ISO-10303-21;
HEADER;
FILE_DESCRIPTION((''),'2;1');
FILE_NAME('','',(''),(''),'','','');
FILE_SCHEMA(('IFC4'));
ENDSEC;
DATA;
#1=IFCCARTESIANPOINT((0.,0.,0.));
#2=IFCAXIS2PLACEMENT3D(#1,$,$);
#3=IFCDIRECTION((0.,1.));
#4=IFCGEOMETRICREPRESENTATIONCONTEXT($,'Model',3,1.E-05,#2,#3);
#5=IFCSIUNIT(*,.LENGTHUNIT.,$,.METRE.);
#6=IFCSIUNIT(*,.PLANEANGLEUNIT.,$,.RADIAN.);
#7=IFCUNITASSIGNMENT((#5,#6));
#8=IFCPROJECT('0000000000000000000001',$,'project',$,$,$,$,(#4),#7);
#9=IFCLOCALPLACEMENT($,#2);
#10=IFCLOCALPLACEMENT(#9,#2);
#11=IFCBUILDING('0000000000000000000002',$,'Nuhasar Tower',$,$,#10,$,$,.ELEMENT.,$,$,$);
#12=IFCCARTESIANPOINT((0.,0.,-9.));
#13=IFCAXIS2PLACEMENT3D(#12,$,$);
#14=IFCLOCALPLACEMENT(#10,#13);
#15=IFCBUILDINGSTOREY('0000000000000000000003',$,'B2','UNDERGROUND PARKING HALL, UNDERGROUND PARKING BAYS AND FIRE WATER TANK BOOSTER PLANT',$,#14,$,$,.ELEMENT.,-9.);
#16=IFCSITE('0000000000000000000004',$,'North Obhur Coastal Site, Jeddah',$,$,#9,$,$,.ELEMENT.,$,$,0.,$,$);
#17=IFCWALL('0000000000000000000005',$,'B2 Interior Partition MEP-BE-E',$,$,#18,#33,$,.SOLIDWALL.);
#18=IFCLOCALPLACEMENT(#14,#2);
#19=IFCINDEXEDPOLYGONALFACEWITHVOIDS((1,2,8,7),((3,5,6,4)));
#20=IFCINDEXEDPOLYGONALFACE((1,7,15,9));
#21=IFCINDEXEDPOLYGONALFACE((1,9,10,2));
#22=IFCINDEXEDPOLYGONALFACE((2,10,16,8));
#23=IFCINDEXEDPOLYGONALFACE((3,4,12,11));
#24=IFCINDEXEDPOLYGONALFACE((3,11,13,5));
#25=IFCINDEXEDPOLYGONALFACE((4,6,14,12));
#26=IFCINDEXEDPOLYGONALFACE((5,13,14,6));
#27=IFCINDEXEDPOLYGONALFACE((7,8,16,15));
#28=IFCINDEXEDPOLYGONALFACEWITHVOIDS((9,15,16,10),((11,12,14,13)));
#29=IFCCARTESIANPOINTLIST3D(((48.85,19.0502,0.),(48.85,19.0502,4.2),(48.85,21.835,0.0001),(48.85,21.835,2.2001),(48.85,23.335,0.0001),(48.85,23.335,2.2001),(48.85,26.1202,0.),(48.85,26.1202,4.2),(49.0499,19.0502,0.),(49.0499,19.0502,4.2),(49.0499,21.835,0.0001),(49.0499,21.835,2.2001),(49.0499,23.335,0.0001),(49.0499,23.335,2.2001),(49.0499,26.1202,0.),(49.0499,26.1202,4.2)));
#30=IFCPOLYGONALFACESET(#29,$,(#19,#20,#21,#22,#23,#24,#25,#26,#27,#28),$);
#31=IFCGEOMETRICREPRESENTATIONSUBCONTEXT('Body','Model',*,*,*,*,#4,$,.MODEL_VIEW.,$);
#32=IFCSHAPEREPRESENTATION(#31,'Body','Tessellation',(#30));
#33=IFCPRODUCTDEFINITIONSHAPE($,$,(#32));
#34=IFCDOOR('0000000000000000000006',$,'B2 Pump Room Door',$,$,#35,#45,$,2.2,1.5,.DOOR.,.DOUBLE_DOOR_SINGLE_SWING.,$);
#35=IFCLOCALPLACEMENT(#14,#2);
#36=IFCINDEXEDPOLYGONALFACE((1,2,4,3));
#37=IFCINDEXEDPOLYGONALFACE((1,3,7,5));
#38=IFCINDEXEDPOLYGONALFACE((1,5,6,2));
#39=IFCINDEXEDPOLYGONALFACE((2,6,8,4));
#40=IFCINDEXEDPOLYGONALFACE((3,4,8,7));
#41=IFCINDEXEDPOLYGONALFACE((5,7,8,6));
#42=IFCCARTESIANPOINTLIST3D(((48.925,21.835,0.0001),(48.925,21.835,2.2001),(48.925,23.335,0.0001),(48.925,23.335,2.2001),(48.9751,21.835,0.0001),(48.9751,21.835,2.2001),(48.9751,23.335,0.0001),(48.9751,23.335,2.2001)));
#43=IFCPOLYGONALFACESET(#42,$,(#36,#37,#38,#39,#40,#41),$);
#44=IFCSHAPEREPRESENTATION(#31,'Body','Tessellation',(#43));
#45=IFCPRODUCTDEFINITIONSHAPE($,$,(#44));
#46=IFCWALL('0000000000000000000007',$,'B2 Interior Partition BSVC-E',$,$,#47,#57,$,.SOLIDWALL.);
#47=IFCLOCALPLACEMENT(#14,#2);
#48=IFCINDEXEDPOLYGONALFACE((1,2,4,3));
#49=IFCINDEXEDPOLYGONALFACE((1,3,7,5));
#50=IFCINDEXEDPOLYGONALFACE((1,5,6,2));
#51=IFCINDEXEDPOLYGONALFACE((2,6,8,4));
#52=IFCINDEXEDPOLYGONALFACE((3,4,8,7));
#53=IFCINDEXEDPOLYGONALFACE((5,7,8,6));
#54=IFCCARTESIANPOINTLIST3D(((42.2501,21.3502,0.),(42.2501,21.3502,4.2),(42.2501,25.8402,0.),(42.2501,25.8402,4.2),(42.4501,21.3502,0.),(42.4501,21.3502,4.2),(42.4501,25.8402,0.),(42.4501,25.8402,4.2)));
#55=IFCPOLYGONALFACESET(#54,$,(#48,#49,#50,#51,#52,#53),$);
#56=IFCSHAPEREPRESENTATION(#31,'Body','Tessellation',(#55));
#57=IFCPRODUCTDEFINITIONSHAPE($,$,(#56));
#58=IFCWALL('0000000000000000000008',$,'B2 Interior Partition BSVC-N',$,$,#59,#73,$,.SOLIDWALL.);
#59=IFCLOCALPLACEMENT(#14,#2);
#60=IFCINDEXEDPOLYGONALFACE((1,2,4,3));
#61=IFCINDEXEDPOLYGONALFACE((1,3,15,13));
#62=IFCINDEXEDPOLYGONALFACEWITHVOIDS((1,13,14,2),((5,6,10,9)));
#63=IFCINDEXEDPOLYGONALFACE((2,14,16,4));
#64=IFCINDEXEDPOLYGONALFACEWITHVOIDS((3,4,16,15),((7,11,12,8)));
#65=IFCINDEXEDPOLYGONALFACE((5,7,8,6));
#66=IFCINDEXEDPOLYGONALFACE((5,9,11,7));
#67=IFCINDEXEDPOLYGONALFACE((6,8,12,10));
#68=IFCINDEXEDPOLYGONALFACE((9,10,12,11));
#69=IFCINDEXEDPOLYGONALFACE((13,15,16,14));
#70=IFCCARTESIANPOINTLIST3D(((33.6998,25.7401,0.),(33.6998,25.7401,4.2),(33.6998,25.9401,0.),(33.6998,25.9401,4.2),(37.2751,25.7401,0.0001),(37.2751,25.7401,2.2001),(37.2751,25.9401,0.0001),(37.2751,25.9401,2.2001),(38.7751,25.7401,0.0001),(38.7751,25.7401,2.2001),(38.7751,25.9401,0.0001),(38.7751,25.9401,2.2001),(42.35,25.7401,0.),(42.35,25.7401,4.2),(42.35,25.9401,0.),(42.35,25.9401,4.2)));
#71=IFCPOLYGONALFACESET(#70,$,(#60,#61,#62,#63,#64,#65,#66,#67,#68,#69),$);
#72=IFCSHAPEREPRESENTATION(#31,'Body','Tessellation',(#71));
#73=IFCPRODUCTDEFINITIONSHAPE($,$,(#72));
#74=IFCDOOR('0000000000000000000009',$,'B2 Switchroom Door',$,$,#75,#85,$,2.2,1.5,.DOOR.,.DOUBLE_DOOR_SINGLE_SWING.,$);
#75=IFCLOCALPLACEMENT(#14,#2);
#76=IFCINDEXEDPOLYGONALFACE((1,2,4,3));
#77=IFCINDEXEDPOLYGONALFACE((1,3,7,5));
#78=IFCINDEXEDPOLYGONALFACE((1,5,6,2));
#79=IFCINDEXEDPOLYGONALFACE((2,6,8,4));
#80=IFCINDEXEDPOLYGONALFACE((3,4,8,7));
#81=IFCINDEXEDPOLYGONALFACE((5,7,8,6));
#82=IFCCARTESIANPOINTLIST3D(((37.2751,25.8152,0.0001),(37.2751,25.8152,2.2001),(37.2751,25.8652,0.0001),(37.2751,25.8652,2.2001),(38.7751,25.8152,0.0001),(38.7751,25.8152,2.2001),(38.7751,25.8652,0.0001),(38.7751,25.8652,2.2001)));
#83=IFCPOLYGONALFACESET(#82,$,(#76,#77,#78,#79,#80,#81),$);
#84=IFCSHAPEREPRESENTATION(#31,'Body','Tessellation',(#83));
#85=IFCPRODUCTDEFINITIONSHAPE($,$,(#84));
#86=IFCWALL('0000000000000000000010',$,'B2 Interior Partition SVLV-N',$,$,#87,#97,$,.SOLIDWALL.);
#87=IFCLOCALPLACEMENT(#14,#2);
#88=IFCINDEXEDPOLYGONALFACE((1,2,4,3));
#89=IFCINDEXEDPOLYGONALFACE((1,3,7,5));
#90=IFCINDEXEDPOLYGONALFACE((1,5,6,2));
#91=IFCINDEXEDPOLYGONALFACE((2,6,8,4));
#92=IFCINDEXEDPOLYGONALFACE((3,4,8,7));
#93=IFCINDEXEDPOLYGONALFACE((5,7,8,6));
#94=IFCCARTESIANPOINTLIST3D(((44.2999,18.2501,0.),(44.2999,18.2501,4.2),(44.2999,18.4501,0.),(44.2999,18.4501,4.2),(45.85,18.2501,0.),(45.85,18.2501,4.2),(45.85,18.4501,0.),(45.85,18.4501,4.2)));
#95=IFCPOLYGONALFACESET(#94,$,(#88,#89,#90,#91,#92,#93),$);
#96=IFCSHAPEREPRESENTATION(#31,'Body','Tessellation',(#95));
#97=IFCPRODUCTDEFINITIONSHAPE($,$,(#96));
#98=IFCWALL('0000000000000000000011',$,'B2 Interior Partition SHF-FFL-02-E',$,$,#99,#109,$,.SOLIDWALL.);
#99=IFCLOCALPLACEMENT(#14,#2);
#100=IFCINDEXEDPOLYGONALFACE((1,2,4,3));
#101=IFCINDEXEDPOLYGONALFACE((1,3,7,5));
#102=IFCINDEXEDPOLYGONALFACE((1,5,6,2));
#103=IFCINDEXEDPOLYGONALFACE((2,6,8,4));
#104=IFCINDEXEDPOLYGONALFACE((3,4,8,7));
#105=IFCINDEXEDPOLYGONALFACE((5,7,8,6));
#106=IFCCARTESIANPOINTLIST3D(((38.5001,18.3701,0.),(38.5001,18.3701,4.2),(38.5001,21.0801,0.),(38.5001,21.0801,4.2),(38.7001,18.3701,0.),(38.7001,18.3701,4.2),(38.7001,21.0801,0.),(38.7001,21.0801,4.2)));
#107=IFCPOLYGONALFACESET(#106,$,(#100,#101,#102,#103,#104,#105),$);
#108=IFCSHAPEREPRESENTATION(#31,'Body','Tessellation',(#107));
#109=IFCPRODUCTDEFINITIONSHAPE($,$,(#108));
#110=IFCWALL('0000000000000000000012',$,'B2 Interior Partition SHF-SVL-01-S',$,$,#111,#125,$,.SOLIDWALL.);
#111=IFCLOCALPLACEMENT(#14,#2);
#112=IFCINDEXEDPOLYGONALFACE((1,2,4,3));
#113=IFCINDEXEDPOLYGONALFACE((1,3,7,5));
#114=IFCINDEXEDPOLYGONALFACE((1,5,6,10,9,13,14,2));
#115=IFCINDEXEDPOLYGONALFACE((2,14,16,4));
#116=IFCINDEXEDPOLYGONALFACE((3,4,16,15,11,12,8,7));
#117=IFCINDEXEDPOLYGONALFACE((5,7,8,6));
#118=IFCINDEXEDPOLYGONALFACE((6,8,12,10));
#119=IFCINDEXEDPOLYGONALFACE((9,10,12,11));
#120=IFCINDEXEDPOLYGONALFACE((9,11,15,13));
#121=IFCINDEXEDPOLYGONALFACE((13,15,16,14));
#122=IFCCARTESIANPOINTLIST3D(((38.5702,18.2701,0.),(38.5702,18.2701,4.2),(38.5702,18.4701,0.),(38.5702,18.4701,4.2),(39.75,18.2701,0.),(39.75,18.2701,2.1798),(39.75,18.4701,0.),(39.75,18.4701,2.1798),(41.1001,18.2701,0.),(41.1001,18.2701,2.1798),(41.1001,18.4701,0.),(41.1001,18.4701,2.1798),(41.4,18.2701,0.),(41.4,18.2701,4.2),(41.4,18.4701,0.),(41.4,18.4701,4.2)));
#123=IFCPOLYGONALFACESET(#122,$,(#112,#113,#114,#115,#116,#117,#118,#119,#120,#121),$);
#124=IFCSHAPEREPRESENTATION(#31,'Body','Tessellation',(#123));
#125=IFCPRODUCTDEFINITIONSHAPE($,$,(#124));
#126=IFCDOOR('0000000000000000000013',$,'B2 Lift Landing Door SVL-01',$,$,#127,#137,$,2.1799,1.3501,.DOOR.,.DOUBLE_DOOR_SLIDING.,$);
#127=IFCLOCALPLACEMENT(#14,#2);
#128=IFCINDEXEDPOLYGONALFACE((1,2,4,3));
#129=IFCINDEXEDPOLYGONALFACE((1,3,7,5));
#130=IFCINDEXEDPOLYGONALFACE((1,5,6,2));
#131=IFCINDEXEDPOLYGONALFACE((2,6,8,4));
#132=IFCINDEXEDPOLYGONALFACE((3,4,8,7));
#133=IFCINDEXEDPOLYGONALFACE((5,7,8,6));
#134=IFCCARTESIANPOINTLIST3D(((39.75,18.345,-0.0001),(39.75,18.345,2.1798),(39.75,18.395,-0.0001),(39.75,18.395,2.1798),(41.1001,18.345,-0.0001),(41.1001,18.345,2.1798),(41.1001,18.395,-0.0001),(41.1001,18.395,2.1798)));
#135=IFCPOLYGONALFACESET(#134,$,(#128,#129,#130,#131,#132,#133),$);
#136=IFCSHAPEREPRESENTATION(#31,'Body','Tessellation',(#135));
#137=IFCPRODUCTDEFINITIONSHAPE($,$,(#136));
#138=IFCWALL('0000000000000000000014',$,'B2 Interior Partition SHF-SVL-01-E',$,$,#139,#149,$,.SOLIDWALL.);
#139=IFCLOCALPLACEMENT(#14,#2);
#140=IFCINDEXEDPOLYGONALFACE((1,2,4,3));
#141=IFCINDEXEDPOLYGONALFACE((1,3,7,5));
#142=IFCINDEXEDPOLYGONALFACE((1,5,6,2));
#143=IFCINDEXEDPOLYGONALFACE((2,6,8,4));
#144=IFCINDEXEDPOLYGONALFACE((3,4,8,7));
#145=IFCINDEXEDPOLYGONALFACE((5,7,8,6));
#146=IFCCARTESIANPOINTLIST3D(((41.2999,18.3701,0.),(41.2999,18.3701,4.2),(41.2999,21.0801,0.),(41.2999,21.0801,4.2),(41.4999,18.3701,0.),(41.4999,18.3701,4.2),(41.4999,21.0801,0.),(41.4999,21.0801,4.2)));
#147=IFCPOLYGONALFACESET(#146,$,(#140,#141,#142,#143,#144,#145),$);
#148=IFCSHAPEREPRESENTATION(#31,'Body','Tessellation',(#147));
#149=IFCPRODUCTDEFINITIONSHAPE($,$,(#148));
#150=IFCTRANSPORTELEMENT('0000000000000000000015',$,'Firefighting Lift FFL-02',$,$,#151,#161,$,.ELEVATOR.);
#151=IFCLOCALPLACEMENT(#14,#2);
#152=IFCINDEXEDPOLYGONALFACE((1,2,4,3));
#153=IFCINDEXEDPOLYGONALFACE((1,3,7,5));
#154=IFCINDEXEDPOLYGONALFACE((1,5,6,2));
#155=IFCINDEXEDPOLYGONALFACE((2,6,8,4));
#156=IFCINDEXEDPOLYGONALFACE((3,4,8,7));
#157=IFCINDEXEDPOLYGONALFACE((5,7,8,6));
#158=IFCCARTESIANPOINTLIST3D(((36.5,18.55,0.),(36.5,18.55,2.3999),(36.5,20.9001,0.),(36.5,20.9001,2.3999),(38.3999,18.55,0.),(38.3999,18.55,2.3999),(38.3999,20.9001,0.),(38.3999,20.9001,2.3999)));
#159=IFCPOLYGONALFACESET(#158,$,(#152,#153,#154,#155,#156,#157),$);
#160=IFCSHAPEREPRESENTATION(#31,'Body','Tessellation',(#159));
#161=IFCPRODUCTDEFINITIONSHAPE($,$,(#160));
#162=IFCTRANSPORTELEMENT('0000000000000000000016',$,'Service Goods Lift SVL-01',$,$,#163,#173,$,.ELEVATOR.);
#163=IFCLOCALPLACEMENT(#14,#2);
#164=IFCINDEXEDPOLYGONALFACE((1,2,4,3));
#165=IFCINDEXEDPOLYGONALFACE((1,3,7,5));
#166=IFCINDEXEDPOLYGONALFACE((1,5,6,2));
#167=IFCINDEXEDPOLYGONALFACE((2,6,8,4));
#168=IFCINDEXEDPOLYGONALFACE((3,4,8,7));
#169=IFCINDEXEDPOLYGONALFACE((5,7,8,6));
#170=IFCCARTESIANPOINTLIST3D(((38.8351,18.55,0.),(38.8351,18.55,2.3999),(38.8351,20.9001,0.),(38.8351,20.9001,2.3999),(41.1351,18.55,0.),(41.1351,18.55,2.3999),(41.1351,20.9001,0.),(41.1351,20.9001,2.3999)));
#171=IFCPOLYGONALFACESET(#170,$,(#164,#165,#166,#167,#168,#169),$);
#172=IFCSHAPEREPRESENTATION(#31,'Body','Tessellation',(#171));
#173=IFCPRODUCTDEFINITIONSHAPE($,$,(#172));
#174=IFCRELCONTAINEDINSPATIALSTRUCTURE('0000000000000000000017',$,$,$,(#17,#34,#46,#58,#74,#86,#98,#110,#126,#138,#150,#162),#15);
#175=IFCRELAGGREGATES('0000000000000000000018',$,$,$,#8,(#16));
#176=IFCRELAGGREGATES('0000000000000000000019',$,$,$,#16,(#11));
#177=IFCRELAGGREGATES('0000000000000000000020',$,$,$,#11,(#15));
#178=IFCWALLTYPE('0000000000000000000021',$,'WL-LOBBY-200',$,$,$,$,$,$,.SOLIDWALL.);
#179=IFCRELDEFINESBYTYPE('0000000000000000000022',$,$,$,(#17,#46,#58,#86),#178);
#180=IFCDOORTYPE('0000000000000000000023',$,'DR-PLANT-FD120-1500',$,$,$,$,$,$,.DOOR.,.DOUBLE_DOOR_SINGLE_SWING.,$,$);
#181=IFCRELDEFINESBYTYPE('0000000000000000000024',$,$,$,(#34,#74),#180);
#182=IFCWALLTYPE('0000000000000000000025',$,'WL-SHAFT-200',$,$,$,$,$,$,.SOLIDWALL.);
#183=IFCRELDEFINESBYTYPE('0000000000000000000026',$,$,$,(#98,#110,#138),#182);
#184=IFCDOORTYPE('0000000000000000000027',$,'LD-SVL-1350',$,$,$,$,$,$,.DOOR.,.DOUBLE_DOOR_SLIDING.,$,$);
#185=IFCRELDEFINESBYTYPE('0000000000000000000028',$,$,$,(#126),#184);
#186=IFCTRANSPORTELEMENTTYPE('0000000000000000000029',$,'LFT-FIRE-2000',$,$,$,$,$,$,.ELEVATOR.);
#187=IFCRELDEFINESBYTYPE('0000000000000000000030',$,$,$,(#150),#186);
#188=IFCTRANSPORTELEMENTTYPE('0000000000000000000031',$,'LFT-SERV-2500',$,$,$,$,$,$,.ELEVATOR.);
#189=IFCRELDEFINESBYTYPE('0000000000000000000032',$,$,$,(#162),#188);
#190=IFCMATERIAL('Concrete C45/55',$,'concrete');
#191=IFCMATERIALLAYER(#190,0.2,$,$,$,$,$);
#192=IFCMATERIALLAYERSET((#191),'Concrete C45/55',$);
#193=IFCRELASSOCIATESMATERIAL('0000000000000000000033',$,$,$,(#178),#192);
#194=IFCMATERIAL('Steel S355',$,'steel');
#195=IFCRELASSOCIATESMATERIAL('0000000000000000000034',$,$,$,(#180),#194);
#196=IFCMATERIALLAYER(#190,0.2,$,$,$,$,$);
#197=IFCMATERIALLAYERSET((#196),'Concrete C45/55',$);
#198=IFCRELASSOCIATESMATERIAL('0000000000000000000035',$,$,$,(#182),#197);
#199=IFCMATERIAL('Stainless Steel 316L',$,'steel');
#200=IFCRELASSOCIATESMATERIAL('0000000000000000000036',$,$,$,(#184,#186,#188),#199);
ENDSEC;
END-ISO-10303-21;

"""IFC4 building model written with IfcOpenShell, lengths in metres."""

from ifc_helpers import new_model, si_unit, direction, frame, frame_2d, origin, origin_2d, place, context, subcontext, project, spatial, rectangle, extrude, material, layer, layer_set, type_object, element, fill, save


model = new_model("IFC4")

# Units and contexts
model_context = context("Model", 3, precision=1e-05, world=origin(), true_north=direction((0.0, 1.0)))
body_context = subcontext(model_context, "Body", "Model", "MODEL_VIEW")
ifc_project = project(units=[si_unit("LENGTHUNIT", "METRE"), si_unit("PLANEANGLEUNIT", "RADIAN")], contexts=[model_context])

# Site, building, storey
site_placement = place(None, origin())
site = spatial("IfcSite", under=ifc_project, at=site_placement, Name="North Obhur Coastal Site, Jeddah", CompositionType="ELEMENT", RefElevation=0.0)
building_placement = place(site_placement, origin())
building = spatial("IfcBuilding", under=site, at=building_placement, Name="Nuhasar Tower", CompositionType="ELEMENT")
storey_placement = place(building_placement, frame((0.0, 0.0, -9.0)))
storey = spatial("IfcBuildingStorey", under=building, at=storey_placement, Name="B2", Description="UNDERGROUND PARKING HALL, UNDERGROUND PARKING BAYS AND FIRE WATER TANK BOOSTER PLANT", CompositionType="ELEMENT", Elevation=-9.0)

# Wall, opening, door
ifc_material_1 = material(Name="Concrete C45/55", Category="concrete")
ifc_layer_1 = layer(ifc_material_1, 0.2)
ifc_layer_set_1 = layer_set([ifc_layer_1], Name="Concrete C45/55")
wall_type_1 = type_object("IfcWallType", Name="WL-LOBBY-200", PredefinedType="SOLIDWALL", material=ifc_layer_set_1)
wall_1_placement = place(storey_placement, frame((48.95, 19.05, 0.0), z_axis=(0.0, 0.0, 1.0), x_axis=(0.0, 1.0, 0.0)))
wall_1 = element("IfcWall", 1, at=wall_1_placement, inside=storey, type_object=wall_type_1, Name="B2 Interior Partition MEP-BE-E", PredefinedType="SOLIDWALL", context=body_context, shape_type="SweptSolid", body=[
    extrude(rectangle(XDim=7.0701, YDim=0.2, at=frame_2d((3.5352, 0.0))), origin(), (0.0, 0.0, 1.0), 4.2),
])
opening_1_placement = place(wall_1_placement, frame((2.7849, 0.0, 0.0)))
opening_1 = element("IfcOpeningElement", 2, at=opening_1_placement, cuts=wall_1, PredefinedType="OPENING", context=body_context, shape_type="SweptSolid", body=[
    extrude(rectangle(XDim=1.5, YDim=2.2, at=frame_2d((0.75, 1.1001))), frame((0.0, 0.1099, 0.0), z_axis=(0.0, -1.0, 0.0), x_axis=(1.0, 0.0, 0.0)), (0.0, 0.0, 1.0), 0.22),
])
ifc_material_2 = material(Name="Steel S355", Category="steel")
door_type_1 = type_object("IfcDoorType", Name="DR-PLANT-FD120-1500", OperationType="DOUBLE_DOOR_SINGLE_SWING", PredefinedType="DOOR", material=ifc_material_2)
door_1_placement = place(opening_1_placement, origin())
door_1 = element("IfcDoor", 3, at=door_1_placement, inside=storey, type_object=door_type_1, Name="B2 Pump Room Door", OperationType="DOUBLE_DOOR_SINGLE_SWING", OverallHeight=2.2, OverallWidth=1.5, PredefinedType="DOOR", context=body_context, shape_type="SweptSolid", body=[
    extrude(rectangle(XDim=1.5, YDim=2.2, at=frame_2d((0.75, 1.1001))), frame((0.0, 0.0249, 0.0), z_axis=(0.0, -1.0, 0.0), x_axis=(1.0, 0.0, 0.0)), (0.0, 0.0, 1.0), 0.05),
])
fill(opening_1, door_1)

# Wall
wall_2_placement = place(storey_placement, frame((42.3501, 21.3501, 0.0), z_axis=(0.0, 0.0, 1.0), x_axis=(0.0, 1.0, 0.0)))
element("IfcWall", 4, at=wall_2_placement, inside=storey, type_object=wall_type_1, Name="B2 Interior Partition BSVC-E", PredefinedType="SOLIDWALL", context=body_context, shape_type="SweptSolid", body=[
    extrude(rectangle(XDim=4.49, YDim=0.2, at=frame_2d((2.2451, 0.0))), origin(), (0.0, 0.0, 1.0), 4.2),
])

# Wall, opening, door
wall_3_placement = place(storey_placement, frame((42.3501, 25.8401, 0.0), z_axis=(0.0, 0.0, 1.0), x_axis=(-1.0, 0.0, 0.0)))
wall_3 = element("IfcWall", 5, at=wall_3_placement, inside=storey, type_object=wall_type_1, Name="B2 Interior Partition BSVC-N", PredefinedType="SOLIDWALL", context=body_context, shape_type="SweptSolid", body=[
    extrude(rectangle(XDim=8.6501, YDim=0.2, at=frame_2d((4.3252, 0.0))), origin(), (0.0, 0.0, 1.0), 4.2),
])
opening_2_placement = place(wall_3_placement, frame((3.575, 0.0, 0.0)))
opening_2 = element("IfcOpeningElement", 6, at=opening_2_placement, cuts=wall_3, PredefinedType="OPENING", context=body_context, shape_type="SweptSolid", body=[
    extrude(rectangle(XDim=1.5, YDim=2.2, at=frame_2d((0.75, 1.1001))), frame((0.0, 0.1099, 0.0), z_axis=(0.0, -1.0, 0.0), x_axis=(1.0, 0.0, 0.0)), (0.0, 0.0, 1.0), 0.22),
])
door_2_placement = place(opening_2_placement, origin())
door_2 = element("IfcDoor", 7, at=door_2_placement, inside=storey, type_object=door_type_1, Name="B2 Switchroom Door", OperationType="DOUBLE_DOOR_SINGLE_SWING", OverallHeight=2.2, OverallWidth=1.5, PredefinedType="DOOR", context=body_context, shape_type="SweptSolid", body=[
    extrude(rectangle(XDim=1.5, YDim=2.2, at=frame_2d((0.75, 1.1001))), frame((0.0, 0.0249, 0.0), z_axis=(0.0, -1.0, 0.0), x_axis=(1.0, 0.0, 0.0)), (0.0, 0.0, 1.0), 0.05),
])
fill(opening_2, door_2)

# Walls
wall_4_placement = place(storey_placement, frame((44.3, 18.3501, 0.0), z_axis=(0.0, 0.0, 1.0), x_axis=(1.0, 0.0, 0.0)))
element("IfcWall", 8, at=wall_4_placement, inside=storey, type_object=wall_type_1, Name="B2 Interior Partition SVLV-N", PredefinedType="SOLIDWALL", context=body_context, shape_type="SweptSolid", body=[
    extrude(rectangle(XDim=1.55, YDim=0.2, at=frame_2d((0.7749, 0.0))), origin(), (0.0, 0.0, 1.0), 4.2),
])
ifc_layer_2 = layer(ifc_material_1, 0.2)
ifc_layer_set_2 = layer_set([ifc_layer_2], Name="Concrete C45/55")
wall_type_2 = type_object("IfcWallType", Name="WL-SHAFT-200", PredefinedType="SOLIDWALL", material=ifc_layer_set_2)
wall_5_placement = place(storey_placement, frame((38.6001, 18.3701, 0.0), z_axis=(0.0, 0.0, 1.0), x_axis=(0.0, 1.0, 0.0)))
element("IfcWall", 9, at=wall_5_placement, inside=storey, type_object=wall_type_2, Name="B2 Interior Partition SHF-FFL-02-E", PredefinedType="SOLIDWALL", context=body_context, shape_type="SweptSolid", body=[
    extrude(rectangle(XDim=2.71, YDim=0.2, at=frame_2d((1.355, 0.0))), origin(), (0.0, 0.0, 1.0), 4.2),
])

# Wall, opening, door
wall_6_placement = place(storey_placement, frame((38.5701, 18.3701, 0.0), z_axis=(0.0, 0.0, 1.0), x_axis=(1.0, 0.0, 0.0)))
wall_6 = element("IfcWall", 10, at=wall_6_placement, inside=storey, type_object=wall_type_2, Name="B2 Interior Partition SHF-SVL-01-S", PredefinedType="SOLIDWALL", context=body_context, shape_type="SweptSolid", body=[
    extrude(rectangle(XDim=2.8298, YDim=0.2, at=frame_2d((1.415, 0.0))), origin(), (0.0, 0.0, 1.0), 4.2),
])
opening_3_placement = place(wall_6_placement, frame((1.1799, 0.0, 0.0)))
opening_3 = element("IfcOpeningElement", 11, at=opening_3_placement, cuts=wall_6, PredefinedType="OPENING", context=body_context, shape_type="SweptSolid", body=[
    extrude(rectangle(XDim=1.3501, YDim=2.1799, at=frame_2d((0.675, 1.0898))), frame((0.0, 0.1099, 0.0), z_axis=(0.0, -1.0, 0.0), x_axis=(1.0, 0.0, 0.0)), (0.0, 0.0, 1.0), 0.22),
])
ifc_material_3 = material(Name="Stainless Steel 316L", Category="steel")
door_type_2 = type_object("IfcDoorType", Name="LD-SVL-1350", OperationType="DOUBLE_DOOR_SLIDING", PredefinedType="DOOR", material=ifc_material_3)
door_3_placement = place(opening_3_placement, origin())
door_3 = element("IfcDoor", 12, at=door_3_placement, inside=storey, type_object=door_type_2, Name="B2 Lift Landing Door SVL-01", OperationType="DOUBLE_DOOR_SLIDING", OverallHeight=2.1799, OverallWidth=1.3501, PredefinedType="DOOR", context=body_context, shape_type="SweptSolid", body=[
    extrude(rectangle(XDim=1.3501, YDim=2.1799, at=frame_2d((0.675, 1.0898))), frame((0.0, 0.0249, 0.0), z_axis=(0.0, -1.0, 0.0), x_axis=(1.0, 0.0, 0.0)), (0.0, 0.0, 1.0), 0.05),
])
fill(opening_3, door_3)

# Wall
wall_7_placement = place(storey_placement, frame((41.3999, 18.3701, 0.0), z_axis=(0.0, 0.0, 1.0), x_axis=(0.0, 1.0, 0.0)))
element("IfcWall", 13, at=wall_7_placement, inside=storey, type_object=wall_type_2, Name="B2 Interior Partition SHF-SVL-01-E", PredefinedType="SOLIDWALL", context=body_context, shape_type="SweptSolid", body=[
    extrude(rectangle(XDim=2.71, YDim=0.2, at=frame_2d((1.355, 0.0))), origin(), (0.0, 0.0, 1.0), 4.2),
])

# Transport elements
transport_element_type_1 = type_object("IfcTransportElementType", Name="LFT-FIRE-2000", PredefinedType="ELEVATOR", material=ifc_material_3)
transport_element_1_placement = place(storey_placement, frame((37.45, 19.7251, 0.0), z_axis=(0.0, 0.0, 1.0), x_axis=(1.0, 0.0, 0.0)))
element("IfcTransportElement", 14, at=transport_element_1_placement, inside=storey, type_object=transport_element_type_1, Name="Firefighting Lift FFL-02", PredefinedType="ELEVATOR", context=body_context, shape_type="SweptSolid", body=[
    extrude(rectangle(XDim=1.8999, YDim=2.3501, at=origin_2d()), origin(), (0.0, 0.0, 1.0), 2.3999),
])
transport_element_type_2 = type_object("IfcTransportElementType", Name="LFT-SERV-2500", PredefinedType="ELEVATOR", material=ifc_material_3)
transport_element_2_placement = place(storey_placement, frame((39.9851, 19.7251, 0.0), z_axis=(0.0, 0.0, 1.0), x_axis=(1.0, 0.0, 0.0)))
element("IfcTransportElement", 15, at=transport_element_2_placement, inside=storey, type_object=transport_element_type_2, Name="Service Goods Lift SVL-01", PredefinedType="ELEVATOR", context=body_context, shape_type="SweptSolid", body=[
    extrude(rectangle(XDim=2.3, YDim=2.3501, at=origin_2d()), origin(), (0.0, 0.0, 1.0), 2.3999),
])

save(model, "model.ifc")
